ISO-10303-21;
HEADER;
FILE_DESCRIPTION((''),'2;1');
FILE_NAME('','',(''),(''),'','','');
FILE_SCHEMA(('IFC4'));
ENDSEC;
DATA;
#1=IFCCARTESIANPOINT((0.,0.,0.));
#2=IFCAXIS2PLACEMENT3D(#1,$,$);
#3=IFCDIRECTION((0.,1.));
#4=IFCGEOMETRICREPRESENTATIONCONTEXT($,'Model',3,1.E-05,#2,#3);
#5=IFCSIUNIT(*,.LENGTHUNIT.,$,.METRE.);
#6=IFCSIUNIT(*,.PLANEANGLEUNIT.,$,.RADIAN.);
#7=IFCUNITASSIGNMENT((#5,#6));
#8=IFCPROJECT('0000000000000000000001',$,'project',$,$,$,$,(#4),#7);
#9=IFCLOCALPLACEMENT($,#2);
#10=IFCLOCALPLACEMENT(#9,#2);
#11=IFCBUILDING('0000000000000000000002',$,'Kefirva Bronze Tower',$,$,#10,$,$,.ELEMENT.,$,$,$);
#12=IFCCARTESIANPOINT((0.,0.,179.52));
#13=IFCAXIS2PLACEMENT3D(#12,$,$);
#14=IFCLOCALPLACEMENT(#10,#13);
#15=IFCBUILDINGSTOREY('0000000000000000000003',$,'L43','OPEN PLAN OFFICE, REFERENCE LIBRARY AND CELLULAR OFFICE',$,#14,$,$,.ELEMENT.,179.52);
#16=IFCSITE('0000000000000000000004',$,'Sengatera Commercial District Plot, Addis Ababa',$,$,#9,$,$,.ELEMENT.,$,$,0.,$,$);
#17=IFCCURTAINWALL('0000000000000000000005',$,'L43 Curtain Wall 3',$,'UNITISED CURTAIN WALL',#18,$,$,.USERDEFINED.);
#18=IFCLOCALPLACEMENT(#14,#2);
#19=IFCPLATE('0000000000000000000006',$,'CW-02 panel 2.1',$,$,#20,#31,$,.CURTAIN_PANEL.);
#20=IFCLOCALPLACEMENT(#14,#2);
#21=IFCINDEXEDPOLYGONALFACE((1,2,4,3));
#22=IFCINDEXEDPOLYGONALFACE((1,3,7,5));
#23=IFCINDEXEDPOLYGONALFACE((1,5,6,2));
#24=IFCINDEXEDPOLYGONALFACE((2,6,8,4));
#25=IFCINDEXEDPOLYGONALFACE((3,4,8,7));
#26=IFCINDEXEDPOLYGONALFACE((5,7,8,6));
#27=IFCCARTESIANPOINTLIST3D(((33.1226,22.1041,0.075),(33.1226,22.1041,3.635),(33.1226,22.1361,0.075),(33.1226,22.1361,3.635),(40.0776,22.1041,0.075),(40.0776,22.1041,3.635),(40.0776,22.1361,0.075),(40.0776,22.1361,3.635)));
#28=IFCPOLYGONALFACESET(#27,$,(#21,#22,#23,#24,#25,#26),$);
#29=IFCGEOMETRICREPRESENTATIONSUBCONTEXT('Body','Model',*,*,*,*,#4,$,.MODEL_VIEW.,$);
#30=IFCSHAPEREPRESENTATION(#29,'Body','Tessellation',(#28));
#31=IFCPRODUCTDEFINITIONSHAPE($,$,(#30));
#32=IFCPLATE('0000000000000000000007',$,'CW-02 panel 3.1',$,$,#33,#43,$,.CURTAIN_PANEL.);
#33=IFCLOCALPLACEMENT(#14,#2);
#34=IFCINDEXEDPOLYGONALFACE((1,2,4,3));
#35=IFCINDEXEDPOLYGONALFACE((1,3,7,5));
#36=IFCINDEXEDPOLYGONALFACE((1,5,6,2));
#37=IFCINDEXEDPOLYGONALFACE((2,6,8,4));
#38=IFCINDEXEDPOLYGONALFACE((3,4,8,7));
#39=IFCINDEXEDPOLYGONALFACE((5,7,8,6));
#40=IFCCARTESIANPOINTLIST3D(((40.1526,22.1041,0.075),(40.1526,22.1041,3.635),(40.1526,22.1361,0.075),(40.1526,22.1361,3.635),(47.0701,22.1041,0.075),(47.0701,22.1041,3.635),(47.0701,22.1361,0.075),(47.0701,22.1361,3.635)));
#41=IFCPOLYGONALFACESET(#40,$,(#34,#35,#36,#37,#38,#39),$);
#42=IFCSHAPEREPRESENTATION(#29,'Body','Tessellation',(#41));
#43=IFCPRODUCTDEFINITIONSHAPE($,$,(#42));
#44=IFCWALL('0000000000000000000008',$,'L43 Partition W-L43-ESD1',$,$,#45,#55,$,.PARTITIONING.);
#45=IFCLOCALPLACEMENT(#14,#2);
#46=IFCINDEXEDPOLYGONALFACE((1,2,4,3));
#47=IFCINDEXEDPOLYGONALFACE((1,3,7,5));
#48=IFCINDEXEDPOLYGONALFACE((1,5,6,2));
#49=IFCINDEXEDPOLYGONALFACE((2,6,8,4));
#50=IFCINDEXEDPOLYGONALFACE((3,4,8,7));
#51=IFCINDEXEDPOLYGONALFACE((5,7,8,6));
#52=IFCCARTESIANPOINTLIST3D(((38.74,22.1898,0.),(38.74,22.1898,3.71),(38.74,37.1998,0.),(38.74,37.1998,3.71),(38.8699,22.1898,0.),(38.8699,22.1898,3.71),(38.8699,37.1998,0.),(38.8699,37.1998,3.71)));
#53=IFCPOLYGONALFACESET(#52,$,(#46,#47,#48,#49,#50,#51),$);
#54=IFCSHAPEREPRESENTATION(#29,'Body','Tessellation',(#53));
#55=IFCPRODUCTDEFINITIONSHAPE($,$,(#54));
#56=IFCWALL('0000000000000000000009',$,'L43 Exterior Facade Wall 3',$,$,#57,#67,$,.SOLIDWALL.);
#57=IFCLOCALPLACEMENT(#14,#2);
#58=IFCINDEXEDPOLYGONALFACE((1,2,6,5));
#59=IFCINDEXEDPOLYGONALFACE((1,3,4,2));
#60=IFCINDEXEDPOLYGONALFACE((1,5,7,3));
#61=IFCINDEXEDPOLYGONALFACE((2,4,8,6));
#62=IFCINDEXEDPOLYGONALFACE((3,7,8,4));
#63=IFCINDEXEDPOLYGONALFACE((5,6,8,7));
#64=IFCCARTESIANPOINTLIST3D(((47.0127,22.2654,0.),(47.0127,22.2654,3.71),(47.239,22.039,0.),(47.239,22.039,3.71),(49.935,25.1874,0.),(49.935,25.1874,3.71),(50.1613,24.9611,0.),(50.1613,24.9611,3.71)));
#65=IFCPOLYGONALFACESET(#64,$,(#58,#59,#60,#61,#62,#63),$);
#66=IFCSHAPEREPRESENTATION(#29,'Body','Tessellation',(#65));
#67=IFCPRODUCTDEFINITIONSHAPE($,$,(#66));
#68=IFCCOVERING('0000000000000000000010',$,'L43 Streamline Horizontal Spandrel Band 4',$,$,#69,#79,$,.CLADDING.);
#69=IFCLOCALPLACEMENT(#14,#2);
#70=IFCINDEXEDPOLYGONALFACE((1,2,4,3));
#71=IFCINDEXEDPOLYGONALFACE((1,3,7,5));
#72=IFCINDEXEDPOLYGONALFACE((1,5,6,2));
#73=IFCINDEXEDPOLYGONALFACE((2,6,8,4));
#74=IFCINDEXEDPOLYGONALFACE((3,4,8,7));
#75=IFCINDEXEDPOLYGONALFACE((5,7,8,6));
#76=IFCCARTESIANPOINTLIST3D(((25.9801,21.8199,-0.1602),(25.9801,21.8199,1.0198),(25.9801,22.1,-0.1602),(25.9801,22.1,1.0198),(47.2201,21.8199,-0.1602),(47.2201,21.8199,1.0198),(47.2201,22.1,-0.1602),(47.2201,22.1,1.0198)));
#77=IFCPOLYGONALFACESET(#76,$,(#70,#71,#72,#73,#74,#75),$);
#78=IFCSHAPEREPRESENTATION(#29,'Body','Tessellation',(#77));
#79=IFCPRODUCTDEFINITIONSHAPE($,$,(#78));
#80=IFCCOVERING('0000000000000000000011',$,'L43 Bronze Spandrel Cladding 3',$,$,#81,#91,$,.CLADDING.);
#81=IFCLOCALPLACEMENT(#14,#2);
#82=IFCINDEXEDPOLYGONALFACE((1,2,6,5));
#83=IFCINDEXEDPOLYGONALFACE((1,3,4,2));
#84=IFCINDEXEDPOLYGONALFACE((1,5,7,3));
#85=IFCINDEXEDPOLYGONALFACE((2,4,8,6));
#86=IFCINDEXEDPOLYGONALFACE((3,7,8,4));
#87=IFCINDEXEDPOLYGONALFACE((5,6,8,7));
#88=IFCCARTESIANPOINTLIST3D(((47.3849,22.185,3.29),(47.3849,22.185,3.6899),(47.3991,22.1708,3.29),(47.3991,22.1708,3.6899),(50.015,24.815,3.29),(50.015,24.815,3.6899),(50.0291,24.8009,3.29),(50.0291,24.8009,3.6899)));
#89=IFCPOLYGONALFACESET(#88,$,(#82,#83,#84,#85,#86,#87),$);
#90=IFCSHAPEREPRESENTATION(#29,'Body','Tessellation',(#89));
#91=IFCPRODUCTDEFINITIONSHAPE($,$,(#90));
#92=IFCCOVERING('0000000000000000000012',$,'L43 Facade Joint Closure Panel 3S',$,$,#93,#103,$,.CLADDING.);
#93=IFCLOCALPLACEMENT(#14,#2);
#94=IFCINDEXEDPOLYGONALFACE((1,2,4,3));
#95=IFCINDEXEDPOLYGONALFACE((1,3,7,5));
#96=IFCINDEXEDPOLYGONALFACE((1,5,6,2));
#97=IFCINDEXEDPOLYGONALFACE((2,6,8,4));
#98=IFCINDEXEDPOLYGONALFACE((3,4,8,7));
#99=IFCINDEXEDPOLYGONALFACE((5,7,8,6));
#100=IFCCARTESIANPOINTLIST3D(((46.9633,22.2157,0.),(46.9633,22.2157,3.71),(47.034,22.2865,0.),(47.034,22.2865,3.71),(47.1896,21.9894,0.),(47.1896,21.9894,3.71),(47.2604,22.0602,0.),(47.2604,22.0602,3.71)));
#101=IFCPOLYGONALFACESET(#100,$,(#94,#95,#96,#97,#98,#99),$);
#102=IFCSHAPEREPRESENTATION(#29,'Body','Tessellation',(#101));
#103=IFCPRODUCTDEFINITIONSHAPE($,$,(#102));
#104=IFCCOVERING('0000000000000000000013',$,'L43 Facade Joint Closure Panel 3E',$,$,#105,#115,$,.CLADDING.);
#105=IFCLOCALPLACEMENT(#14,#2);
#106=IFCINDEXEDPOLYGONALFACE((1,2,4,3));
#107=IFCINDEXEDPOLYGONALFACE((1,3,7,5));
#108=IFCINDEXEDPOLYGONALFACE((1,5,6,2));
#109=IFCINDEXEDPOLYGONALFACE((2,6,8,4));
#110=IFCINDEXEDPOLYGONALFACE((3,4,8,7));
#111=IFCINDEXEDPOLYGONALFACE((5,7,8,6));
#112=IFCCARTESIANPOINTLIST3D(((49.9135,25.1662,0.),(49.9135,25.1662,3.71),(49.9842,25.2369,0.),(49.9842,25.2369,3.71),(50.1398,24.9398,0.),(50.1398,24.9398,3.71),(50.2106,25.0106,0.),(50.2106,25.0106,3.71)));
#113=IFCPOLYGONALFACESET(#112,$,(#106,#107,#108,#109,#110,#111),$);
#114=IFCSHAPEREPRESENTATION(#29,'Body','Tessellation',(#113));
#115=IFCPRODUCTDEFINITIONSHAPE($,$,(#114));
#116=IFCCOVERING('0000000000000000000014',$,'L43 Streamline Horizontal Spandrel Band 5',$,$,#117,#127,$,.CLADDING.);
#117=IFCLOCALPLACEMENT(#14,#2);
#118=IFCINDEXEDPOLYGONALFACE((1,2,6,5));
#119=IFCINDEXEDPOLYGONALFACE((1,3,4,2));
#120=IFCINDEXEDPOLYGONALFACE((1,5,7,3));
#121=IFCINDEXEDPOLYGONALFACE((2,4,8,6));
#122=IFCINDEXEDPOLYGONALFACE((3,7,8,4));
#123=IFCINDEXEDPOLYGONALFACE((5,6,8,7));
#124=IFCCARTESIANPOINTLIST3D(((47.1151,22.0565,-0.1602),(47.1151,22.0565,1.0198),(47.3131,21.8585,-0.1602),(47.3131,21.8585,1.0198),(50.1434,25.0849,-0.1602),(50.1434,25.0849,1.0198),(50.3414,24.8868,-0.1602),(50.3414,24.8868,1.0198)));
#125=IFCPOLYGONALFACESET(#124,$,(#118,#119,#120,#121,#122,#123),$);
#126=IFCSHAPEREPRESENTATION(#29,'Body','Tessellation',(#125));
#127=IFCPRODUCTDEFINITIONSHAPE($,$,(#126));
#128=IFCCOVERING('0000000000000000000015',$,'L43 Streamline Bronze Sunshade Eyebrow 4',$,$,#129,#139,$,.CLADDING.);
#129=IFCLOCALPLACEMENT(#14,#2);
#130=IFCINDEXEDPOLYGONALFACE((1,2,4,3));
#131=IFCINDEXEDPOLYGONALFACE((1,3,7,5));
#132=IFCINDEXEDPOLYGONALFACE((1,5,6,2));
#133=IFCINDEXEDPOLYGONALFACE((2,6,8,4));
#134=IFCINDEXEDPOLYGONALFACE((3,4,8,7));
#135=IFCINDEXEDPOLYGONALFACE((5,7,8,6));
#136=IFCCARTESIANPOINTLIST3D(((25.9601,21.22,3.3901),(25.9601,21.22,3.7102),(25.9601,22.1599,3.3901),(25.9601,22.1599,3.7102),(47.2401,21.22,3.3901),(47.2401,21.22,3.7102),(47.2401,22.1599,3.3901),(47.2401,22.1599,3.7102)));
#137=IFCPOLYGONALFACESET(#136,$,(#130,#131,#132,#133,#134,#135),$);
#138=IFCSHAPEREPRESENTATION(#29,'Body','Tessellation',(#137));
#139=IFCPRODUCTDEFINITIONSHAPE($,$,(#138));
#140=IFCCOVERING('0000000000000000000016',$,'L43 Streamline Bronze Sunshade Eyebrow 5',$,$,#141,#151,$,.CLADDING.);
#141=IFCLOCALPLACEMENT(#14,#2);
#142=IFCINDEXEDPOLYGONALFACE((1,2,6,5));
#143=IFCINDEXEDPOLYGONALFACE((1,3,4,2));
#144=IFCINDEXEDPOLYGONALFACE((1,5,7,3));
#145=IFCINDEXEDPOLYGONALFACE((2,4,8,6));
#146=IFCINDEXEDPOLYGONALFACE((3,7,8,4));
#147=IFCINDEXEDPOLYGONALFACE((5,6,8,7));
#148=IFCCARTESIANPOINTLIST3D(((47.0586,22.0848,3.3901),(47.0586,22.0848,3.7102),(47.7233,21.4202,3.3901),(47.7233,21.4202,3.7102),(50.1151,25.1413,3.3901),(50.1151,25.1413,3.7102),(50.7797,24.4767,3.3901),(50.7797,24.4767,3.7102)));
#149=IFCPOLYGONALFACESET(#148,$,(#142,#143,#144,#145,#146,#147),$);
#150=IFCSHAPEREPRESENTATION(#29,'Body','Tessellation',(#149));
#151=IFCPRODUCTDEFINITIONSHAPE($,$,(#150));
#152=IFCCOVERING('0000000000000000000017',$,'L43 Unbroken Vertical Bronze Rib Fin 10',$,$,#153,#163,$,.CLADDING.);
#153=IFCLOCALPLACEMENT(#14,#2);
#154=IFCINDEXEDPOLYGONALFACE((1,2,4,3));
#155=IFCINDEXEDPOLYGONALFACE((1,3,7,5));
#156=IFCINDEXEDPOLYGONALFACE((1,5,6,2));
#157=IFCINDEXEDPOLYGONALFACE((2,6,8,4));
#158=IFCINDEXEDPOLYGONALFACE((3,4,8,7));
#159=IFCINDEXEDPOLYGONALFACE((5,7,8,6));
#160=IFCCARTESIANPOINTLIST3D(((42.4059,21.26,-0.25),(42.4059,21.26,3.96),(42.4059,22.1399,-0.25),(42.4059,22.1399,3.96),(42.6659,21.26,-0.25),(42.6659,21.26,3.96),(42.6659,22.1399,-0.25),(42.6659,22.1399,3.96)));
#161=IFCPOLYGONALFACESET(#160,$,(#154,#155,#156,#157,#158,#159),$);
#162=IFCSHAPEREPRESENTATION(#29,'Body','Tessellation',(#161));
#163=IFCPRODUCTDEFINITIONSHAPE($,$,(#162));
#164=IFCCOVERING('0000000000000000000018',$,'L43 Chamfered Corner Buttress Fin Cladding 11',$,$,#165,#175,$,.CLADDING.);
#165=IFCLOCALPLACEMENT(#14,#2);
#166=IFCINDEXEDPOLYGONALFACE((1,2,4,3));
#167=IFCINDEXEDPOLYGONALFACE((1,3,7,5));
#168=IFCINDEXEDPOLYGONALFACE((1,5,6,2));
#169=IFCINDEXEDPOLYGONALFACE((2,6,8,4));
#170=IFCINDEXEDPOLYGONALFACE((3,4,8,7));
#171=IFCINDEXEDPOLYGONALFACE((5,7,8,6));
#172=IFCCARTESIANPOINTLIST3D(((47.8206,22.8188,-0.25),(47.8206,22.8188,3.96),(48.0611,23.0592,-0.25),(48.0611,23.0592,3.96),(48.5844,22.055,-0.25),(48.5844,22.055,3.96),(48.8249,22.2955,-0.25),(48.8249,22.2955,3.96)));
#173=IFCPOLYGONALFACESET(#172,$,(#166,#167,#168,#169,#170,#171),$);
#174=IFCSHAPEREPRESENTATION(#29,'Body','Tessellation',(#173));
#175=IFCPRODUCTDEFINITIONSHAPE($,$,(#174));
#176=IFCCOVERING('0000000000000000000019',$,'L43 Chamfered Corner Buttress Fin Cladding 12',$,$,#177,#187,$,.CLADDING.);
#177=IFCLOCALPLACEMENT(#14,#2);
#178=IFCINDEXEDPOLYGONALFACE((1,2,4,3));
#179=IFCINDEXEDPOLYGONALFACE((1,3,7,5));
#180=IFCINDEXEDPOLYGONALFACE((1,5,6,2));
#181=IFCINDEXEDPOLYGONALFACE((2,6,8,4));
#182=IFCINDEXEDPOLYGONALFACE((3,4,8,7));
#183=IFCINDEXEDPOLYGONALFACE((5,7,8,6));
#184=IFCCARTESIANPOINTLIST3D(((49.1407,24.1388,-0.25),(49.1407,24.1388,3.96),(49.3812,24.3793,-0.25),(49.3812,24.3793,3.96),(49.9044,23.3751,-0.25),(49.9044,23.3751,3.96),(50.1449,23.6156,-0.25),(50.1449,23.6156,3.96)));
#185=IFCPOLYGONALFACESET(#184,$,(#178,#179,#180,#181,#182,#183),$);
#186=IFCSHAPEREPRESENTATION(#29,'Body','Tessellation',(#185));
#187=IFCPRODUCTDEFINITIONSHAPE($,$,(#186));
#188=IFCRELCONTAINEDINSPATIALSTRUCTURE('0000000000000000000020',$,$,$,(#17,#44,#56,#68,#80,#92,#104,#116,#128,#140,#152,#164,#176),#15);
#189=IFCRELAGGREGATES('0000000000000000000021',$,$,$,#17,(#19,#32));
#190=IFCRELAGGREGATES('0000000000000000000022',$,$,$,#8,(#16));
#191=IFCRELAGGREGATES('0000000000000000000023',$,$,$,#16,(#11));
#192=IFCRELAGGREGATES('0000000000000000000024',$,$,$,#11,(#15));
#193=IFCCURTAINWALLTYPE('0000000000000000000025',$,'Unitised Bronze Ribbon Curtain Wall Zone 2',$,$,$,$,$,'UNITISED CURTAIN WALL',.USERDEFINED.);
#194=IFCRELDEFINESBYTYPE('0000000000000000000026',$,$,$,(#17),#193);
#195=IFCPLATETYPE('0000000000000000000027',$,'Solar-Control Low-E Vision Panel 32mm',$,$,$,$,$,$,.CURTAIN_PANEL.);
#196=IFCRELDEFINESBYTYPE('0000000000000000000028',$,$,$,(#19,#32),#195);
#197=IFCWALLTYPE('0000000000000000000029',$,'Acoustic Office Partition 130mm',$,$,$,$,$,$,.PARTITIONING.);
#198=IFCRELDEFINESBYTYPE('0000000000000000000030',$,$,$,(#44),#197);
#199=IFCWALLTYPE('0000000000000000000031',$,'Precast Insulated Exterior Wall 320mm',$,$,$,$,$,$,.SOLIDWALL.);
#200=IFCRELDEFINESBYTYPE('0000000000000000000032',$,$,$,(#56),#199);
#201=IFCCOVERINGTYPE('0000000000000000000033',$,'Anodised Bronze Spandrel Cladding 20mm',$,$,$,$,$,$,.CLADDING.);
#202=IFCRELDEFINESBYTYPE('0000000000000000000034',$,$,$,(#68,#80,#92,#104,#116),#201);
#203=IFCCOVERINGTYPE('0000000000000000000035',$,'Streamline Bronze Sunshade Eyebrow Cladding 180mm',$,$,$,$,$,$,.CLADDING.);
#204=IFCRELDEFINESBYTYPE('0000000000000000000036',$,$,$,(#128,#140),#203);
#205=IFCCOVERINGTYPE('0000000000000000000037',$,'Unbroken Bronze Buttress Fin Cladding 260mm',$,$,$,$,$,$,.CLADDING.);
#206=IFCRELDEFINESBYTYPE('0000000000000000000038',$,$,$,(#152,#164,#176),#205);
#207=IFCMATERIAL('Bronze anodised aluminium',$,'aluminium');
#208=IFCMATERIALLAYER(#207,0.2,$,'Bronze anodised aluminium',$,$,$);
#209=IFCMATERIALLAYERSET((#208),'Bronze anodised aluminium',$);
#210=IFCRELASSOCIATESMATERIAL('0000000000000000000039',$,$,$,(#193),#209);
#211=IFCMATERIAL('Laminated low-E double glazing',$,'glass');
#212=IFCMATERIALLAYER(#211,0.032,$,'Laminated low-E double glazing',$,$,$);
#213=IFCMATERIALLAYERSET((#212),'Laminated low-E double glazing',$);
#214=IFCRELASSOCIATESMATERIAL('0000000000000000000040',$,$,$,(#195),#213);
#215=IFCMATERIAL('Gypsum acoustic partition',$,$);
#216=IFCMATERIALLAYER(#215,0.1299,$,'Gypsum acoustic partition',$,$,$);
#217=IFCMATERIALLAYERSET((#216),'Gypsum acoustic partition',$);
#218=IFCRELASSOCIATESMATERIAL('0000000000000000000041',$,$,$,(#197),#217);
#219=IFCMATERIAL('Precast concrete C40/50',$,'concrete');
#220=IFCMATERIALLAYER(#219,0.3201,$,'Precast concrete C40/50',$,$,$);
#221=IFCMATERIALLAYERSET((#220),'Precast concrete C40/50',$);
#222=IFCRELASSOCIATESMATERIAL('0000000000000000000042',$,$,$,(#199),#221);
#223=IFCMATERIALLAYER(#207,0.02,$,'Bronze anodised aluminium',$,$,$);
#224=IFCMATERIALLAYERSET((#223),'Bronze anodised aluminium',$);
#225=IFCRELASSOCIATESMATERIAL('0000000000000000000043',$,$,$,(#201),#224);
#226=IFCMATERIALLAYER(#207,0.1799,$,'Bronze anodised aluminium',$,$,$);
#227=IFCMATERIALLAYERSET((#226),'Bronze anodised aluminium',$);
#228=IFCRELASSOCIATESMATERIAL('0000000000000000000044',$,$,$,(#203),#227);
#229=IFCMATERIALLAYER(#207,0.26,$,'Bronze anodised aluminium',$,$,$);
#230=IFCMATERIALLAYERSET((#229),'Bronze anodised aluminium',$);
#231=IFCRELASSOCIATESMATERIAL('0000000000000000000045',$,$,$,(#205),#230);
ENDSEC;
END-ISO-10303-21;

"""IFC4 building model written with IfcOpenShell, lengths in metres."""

from ifc_helpers import new_model, si_unit, direction, frame, frame_2d, origin, origin_2d, place, context, subcontext, project, spatial, rectangle, extrude, material, layer, layer_set, type_object, element, aggregate, save


model = new_model("IFC4")

# Units and contexts
model_context = context("Model", 3, precision=1e-05, world=origin(), true_north=direction((0.0, 1.0)))
body_context = subcontext(model_context, "Body", "Model", "MODEL_VIEW")
ifc_project = project(units=[si_unit("LENGTHUNIT", "METRE"), si_unit("PLANEANGLEUNIT", "RADIAN")], contexts=[model_context])

# Site, building, storey
site_placement = place(None, origin())
site = spatial("IfcSite", under=ifc_project, at=site_placement, Name="Sengatera Commercial District Plot, Addis Ababa", CompositionType="ELEMENT", RefElevation=0.0)
building_placement = place(site_placement, origin())
building = spatial("IfcBuilding", under=site, at=building_placement, Name="Kefirva Bronze Tower", CompositionType="ELEMENT")
storey_placement = place(building_placement, frame((0.0, 0.0, 179.52)))
storey = spatial("IfcBuildingStorey", under=building, at=storey_placement, Name="L43", Description="OPEN PLAN OFFICE, REFERENCE LIBRARY AND CELLULAR OFFICE", CompositionType="ELEMENT", Elevation=179.52)

# Curtain wall
ifc_material_1 = material(Name="Bronze anodised aluminium", Category="aluminium")
ifc_layer_1 = layer(ifc_material_1, 0.2, Name="Bronze anodised aluminium")
ifc_layer_set_1 = layer_set([ifc_layer_1], Name="Bronze anodised aluminium")
curtain_wall_type = type_object("IfcCurtainWallType", Name="Unitised Bronze Ribbon Curtain Wall Zone 2", ElementType="UNITISED CURTAIN WALL", PredefinedType="USERDEFINED", material=ifc_layer_set_1)
curtain_wall_1_placement = place(storey_placement, origin())
curtain_wall_1 = element("IfcCurtainWall", 1, at=curtain_wall_1_placement, inside=storey, type_object=curtain_wall_type, Name="L43 Curtain Wall 3", ObjectType="UNITISED CURTAIN WALL", PredefinedType="USERDEFINED")

# Plates
ifc_material_2 = material(Name="Laminated low-E double glazing", Category="glass")
ifc_layer_2 = layer(ifc_material_2, 0.032, Name="Laminated low-E double glazing")
ifc_layer_set_2 = layer_set([ifc_layer_2], Name="Laminated low-E double glazing")
plate_type = type_object("IfcPlateType", Name="Solar-Control Low-E Vision Panel 32mm", PredefinedType="CURTAIN_PANEL", material=ifc_layer_set_2)
plate_1_placement = place(storey_placement, frame((36.6001, 22.1201, 0.075), z_axis=(0.0, 0.0, 1.0), x_axis=(1.0, 0.0, 0.0)))
plate_1 = element("IfcPlate", 2, at=plate_1_placement, type_object=plate_type, Name="CW-02 panel 2.1", PredefinedType="CURTAIN_PANEL", context=body_context, shape_type="SweptSolid", body=[
    extrude(rectangle(XDim=6.9551, YDim=0.032, at=origin_2d()), origin(), (0.0, 0.0, 1.0), 3.5601),
])
plate_2_placement = place(storey_placement, frame((43.6113, 22.1201, 0.075), z_axis=(0.0, 0.0, 1.0), x_axis=(1.0, 0.0, 0.0)))
plate_2 = element("IfcPlate", 3, at=plate_2_placement, type_object=plate_type, Name="CW-02 panel 3.1", PredefinedType="CURTAIN_PANEL", context=body_context, shape_type="SweptSolid", body=[
    extrude(rectangle(XDim=6.9175, YDim=0.032, at=origin_2d()), origin(), (0.0, 0.0, 1.0), 3.5601),
])
aggregate(curtain_wall_1, [plate_1, plate_2])

# Walls
ifc_material_3 = material(Name="Gypsum acoustic partition")
ifc_layer_3 = layer(ifc_material_3, 0.1299, Name="Gypsum acoustic partition")
ifc_layer_set_3 = layer_set([ifc_layer_3], Name="Gypsum acoustic partition")
wall_type_1 = type_object("IfcWallType", Name="Acoustic Office Partition 130mm", PredefinedType="PARTITIONING", material=ifc_layer_set_3)
wall_1_placement = place(storey_placement, frame((38.8049, 22.1899, 0.0), z_axis=(0.0, 0.0, 1.0), x_axis=(0.0, 1.0, 0.0)))
element("IfcWall", 4, at=wall_1_placement, inside=storey, type_object=wall_type_1, Name="L43 Partition W-L43-ESD1", PredefinedType="PARTITIONING", context=body_context, shape_type="SweptSolid", body=[
    extrude(rectangle(XDim=15.01, YDim=0.1299, at=frame_2d((7.5049, 0.0))), origin(), (0.0, 0.0, 1.0), 3.71),
])
ifc_material_4 = material(Name="Precast concrete C40/50", Category="concrete")
ifc_layer_4 = layer(ifc_material_4, 0.3201, Name="Precast concrete C40/50")
ifc_layer_set_4 = layer_set([ifc_layer_4], Name="Precast concrete C40/50")
wall_type_2 = type_object("IfcWallType", Name="Precast Insulated Exterior Wall 320mm", PredefinedType="SOLIDWALL", material=ifc_layer_set_4)
wall_2_placement = place(storey_placement, frame((47.1257, 22.1521, 0.0), z_axis=(0.0, 0.0, 1.0), x_axis=(0.707136, 0.707077, 0.0)))
element("IfcWall", 5, at=wall_2_placement, inside=storey, type_object=wall_type_2, Name="L43 Exterior Facade Wall 3", PredefinedType="SOLIDWALL", context=body_context, shape_type="SweptSolid", body=[
    extrude(rectangle(XDim=4.1326, YDim=0.3201, at=frame_2d((2.0664, 0.0))), origin(), (0.0, 0.0, 1.0), 3.71),
])

# Coverings
ifc_layer_5 = layer(ifc_material_1, 0.02, Name="Bronze anodised aluminium")
ifc_layer_set_5 = layer_set([ifc_layer_5], Name="Bronze anodised aluminium")
covering_type_1 = type_object("IfcCoveringType", Name="Anodised Bronze Spandrel Cladding 20mm", PredefinedType="CLADDING", material=ifc_layer_set_5)
covering_1_placement = place(storey_placement, frame((36.6001, 21.96, -0.1602), z_axis=(0.0, 0.0, 1.0), x_axis=(1.0, 0.0, 0.0)))
element("IfcCovering", 6, at=covering_1_placement, inside=storey, type_object=covering_type_1, Name="L43 Streamline Horizontal Spandrel Band 4", PredefinedType="CLADDING", context=body_context, shape_type="SweptSolid", body=[
    extrude(rectangle(XDim=21.24, YDim=0.28, at=origin_2d()), origin(), (0.0, 0.0, 1.0), 1.1799),
])
covering_2_placement = place(storey_placement, frame((48.707, 23.4929, 3.29), z_axis=(0.0, 0.0, 1.0), x_axis=(0.707107, 0.707107, 0.0)))
element("IfcCovering", 7, at=covering_2_placement, inside=storey, type_object=covering_type_1, Name="L43 Bronze Spandrel Cladding 3", PredefinedType="CLADDING", context=body_context, shape_type="SweptSolid", body=[
    extrude(rectangle(XDim=3.7195, YDim=0.02, at=origin_2d()), origin(), (0.0, 0.0, 1.0), 0.3999),
])
for number, where, z_axis, x_axis, name in (
    (8, (47.1118, 22.1379, 0.0), (0.0, 0.0, 1.0), (0.707107, 0.707107, 0.0), "L43 Facade Joint Closure Panel 3S"),
    (9, (50.062, 25.0884, 0.0), (0.0, 0.0, 1.0), (0.707107, 0.707107, 0.0), "L43 Facade Joint Closure Panel 3E"),
):
    element("IfcCovering", number, at=place(storey_placement, frame(where, z_axis=z_axis, x_axis=x_axis)), inside=storey, type_object=covering_type_1, Name=name, PredefinedType="CLADDING", context=body_context, shape_type="SweptSolid", body=[
        extrude(rectangle(XDim=0.1001, YDim=0.3201, at=origin_2d()), origin(), (0.0, 0.0, 1.0), 3.71),
    ])
covering_3_placement = place(storey_placement, frame((48.7283, 23.4717, -0.1602), z_axis=(0.0, 0.0, 1.0), x_axis=(0.707107, 0.707107, 0.0)))
element("IfcCovering", 10, at=covering_3_placement, inside=storey, type_object=covering_type_1, Name="L43 Streamline Horizontal Spandrel Band 5", PredefinedType="CLADDING", context=body_context, shape_type="SweptSolid", body=[
    extrude(rectangle(XDim=4.2827, YDim=0.28, at=origin_2d()), origin(), (0.0, 0.0, 1.0), 1.1799),
])
ifc_layer_6 = layer(ifc_material_1, 0.1799, Name="Bronze anodised aluminium")
ifc_layer_set_6 = layer_set([ifc_layer_6], Name="Bronze anodised aluminium")
covering_type_2 = type_object("IfcCoveringType", Name="Streamline Bronze Sunshade Eyebrow Cladding 180mm", PredefinedType="CLADDING", material=ifc_layer_set_6)
covering_4_placement = place(storey_placement, frame((36.6001, 21.6899, 3.3901), z_axis=(0.0, 0.0, 1.0), x_axis=(1.0, 0.0, 0.0)))
element("IfcCovering", 11, at=covering_4_placement, inside=storey, type_object=covering_type_2, Name="L43 Streamline Bronze Sunshade Eyebrow 4", PredefinedType="CLADDING", context=body_context, shape_type="SweptSolid", body=[
    extrude(rectangle(XDim=21.28, YDim=0.9399, at=origin_2d()), origin(), (0.0, 0.0, 1.0), 0.3201),
])
covering_5_placement = place(storey_placement, frame((48.9192, 23.2808, 3.3901), z_axis=(0.0, 0.0, 1.0), x_axis=(0.707107, 0.707107, 0.0)))
element("IfcCovering", 12, at=covering_5_placement, inside=storey, type_object=covering_type_2, Name="L43 Streamline Bronze Sunshade Eyebrow 5", PredefinedType="CLADDING", context=body_context, shape_type="SweptSolid", body=[
    extrude(rectangle(XDim=4.3225, YDim=0.9399, at=origin_2d()), origin(), (0.0, 0.0, 1.0), 0.3201),
])
ifc_layer_7 = layer(ifc_material_1, 0.26, Name="Bronze anodised aluminium")
ifc_layer_set_7 = layer_set([ifc_layer_7], Name="Bronze anodised aluminium")
covering_type_3 = type_object("IfcCoveringType", Name="Unbroken Bronze Buttress Fin Cladding 260mm", PredefinedType="CLADDING", material=ifc_layer_set_7)
covering_6_placement = place(storey_placement, frame((42.5359, 21.7, -0.25), z_axis=(0.0, 0.0, 1.0), x_axis=(1.0, 0.0, 0.0)))
element("IfcCovering", 13, at=covering_6_placement, inside=storey, type_object=covering_type_3, Name="L43 Unbroken Vertical Bronze Rib Fin 10", PredefinedType="CLADDING", context=body_context, shape_type="SweptSolid", body=[
    extrude(rectangle(XDim=0.26, YDim=0.8799, at=origin_2d()), origin(), (0.0, 0.0, 1.0), 4.21),
])
for number, where, z_axis, x_axis, name in (
    (14, (48.3228, 22.5571, -0.25), (0.0, 0.0, 1.0), (0.707107, 0.707107, 0.0), "L43 Chamfered Corner Buttress Fin Cladding 11"),
    (15, (49.6428, 23.8772, -0.25), (0.0, 0.0, 1.0), (0.707107, 0.707107, 0.0), "L43 Chamfered Corner Buttress Fin Cladding 12"),
):
    element("IfcCovering", number, at=place(storey_placement, frame(where, z_axis=z_axis, x_axis=x_axis)), inside=storey, type_object=covering_type_3, Name=name, PredefinedType="CLADDING", context=body_context, shape_type="SweptSolid", body=[
        extrude(rectangle(XDim=0.3401, YDim=1.0801, at=origin_2d()), origin(), (0.0, 0.0, 1.0), 4.21),
    ])

save(model, "model.ifc")
